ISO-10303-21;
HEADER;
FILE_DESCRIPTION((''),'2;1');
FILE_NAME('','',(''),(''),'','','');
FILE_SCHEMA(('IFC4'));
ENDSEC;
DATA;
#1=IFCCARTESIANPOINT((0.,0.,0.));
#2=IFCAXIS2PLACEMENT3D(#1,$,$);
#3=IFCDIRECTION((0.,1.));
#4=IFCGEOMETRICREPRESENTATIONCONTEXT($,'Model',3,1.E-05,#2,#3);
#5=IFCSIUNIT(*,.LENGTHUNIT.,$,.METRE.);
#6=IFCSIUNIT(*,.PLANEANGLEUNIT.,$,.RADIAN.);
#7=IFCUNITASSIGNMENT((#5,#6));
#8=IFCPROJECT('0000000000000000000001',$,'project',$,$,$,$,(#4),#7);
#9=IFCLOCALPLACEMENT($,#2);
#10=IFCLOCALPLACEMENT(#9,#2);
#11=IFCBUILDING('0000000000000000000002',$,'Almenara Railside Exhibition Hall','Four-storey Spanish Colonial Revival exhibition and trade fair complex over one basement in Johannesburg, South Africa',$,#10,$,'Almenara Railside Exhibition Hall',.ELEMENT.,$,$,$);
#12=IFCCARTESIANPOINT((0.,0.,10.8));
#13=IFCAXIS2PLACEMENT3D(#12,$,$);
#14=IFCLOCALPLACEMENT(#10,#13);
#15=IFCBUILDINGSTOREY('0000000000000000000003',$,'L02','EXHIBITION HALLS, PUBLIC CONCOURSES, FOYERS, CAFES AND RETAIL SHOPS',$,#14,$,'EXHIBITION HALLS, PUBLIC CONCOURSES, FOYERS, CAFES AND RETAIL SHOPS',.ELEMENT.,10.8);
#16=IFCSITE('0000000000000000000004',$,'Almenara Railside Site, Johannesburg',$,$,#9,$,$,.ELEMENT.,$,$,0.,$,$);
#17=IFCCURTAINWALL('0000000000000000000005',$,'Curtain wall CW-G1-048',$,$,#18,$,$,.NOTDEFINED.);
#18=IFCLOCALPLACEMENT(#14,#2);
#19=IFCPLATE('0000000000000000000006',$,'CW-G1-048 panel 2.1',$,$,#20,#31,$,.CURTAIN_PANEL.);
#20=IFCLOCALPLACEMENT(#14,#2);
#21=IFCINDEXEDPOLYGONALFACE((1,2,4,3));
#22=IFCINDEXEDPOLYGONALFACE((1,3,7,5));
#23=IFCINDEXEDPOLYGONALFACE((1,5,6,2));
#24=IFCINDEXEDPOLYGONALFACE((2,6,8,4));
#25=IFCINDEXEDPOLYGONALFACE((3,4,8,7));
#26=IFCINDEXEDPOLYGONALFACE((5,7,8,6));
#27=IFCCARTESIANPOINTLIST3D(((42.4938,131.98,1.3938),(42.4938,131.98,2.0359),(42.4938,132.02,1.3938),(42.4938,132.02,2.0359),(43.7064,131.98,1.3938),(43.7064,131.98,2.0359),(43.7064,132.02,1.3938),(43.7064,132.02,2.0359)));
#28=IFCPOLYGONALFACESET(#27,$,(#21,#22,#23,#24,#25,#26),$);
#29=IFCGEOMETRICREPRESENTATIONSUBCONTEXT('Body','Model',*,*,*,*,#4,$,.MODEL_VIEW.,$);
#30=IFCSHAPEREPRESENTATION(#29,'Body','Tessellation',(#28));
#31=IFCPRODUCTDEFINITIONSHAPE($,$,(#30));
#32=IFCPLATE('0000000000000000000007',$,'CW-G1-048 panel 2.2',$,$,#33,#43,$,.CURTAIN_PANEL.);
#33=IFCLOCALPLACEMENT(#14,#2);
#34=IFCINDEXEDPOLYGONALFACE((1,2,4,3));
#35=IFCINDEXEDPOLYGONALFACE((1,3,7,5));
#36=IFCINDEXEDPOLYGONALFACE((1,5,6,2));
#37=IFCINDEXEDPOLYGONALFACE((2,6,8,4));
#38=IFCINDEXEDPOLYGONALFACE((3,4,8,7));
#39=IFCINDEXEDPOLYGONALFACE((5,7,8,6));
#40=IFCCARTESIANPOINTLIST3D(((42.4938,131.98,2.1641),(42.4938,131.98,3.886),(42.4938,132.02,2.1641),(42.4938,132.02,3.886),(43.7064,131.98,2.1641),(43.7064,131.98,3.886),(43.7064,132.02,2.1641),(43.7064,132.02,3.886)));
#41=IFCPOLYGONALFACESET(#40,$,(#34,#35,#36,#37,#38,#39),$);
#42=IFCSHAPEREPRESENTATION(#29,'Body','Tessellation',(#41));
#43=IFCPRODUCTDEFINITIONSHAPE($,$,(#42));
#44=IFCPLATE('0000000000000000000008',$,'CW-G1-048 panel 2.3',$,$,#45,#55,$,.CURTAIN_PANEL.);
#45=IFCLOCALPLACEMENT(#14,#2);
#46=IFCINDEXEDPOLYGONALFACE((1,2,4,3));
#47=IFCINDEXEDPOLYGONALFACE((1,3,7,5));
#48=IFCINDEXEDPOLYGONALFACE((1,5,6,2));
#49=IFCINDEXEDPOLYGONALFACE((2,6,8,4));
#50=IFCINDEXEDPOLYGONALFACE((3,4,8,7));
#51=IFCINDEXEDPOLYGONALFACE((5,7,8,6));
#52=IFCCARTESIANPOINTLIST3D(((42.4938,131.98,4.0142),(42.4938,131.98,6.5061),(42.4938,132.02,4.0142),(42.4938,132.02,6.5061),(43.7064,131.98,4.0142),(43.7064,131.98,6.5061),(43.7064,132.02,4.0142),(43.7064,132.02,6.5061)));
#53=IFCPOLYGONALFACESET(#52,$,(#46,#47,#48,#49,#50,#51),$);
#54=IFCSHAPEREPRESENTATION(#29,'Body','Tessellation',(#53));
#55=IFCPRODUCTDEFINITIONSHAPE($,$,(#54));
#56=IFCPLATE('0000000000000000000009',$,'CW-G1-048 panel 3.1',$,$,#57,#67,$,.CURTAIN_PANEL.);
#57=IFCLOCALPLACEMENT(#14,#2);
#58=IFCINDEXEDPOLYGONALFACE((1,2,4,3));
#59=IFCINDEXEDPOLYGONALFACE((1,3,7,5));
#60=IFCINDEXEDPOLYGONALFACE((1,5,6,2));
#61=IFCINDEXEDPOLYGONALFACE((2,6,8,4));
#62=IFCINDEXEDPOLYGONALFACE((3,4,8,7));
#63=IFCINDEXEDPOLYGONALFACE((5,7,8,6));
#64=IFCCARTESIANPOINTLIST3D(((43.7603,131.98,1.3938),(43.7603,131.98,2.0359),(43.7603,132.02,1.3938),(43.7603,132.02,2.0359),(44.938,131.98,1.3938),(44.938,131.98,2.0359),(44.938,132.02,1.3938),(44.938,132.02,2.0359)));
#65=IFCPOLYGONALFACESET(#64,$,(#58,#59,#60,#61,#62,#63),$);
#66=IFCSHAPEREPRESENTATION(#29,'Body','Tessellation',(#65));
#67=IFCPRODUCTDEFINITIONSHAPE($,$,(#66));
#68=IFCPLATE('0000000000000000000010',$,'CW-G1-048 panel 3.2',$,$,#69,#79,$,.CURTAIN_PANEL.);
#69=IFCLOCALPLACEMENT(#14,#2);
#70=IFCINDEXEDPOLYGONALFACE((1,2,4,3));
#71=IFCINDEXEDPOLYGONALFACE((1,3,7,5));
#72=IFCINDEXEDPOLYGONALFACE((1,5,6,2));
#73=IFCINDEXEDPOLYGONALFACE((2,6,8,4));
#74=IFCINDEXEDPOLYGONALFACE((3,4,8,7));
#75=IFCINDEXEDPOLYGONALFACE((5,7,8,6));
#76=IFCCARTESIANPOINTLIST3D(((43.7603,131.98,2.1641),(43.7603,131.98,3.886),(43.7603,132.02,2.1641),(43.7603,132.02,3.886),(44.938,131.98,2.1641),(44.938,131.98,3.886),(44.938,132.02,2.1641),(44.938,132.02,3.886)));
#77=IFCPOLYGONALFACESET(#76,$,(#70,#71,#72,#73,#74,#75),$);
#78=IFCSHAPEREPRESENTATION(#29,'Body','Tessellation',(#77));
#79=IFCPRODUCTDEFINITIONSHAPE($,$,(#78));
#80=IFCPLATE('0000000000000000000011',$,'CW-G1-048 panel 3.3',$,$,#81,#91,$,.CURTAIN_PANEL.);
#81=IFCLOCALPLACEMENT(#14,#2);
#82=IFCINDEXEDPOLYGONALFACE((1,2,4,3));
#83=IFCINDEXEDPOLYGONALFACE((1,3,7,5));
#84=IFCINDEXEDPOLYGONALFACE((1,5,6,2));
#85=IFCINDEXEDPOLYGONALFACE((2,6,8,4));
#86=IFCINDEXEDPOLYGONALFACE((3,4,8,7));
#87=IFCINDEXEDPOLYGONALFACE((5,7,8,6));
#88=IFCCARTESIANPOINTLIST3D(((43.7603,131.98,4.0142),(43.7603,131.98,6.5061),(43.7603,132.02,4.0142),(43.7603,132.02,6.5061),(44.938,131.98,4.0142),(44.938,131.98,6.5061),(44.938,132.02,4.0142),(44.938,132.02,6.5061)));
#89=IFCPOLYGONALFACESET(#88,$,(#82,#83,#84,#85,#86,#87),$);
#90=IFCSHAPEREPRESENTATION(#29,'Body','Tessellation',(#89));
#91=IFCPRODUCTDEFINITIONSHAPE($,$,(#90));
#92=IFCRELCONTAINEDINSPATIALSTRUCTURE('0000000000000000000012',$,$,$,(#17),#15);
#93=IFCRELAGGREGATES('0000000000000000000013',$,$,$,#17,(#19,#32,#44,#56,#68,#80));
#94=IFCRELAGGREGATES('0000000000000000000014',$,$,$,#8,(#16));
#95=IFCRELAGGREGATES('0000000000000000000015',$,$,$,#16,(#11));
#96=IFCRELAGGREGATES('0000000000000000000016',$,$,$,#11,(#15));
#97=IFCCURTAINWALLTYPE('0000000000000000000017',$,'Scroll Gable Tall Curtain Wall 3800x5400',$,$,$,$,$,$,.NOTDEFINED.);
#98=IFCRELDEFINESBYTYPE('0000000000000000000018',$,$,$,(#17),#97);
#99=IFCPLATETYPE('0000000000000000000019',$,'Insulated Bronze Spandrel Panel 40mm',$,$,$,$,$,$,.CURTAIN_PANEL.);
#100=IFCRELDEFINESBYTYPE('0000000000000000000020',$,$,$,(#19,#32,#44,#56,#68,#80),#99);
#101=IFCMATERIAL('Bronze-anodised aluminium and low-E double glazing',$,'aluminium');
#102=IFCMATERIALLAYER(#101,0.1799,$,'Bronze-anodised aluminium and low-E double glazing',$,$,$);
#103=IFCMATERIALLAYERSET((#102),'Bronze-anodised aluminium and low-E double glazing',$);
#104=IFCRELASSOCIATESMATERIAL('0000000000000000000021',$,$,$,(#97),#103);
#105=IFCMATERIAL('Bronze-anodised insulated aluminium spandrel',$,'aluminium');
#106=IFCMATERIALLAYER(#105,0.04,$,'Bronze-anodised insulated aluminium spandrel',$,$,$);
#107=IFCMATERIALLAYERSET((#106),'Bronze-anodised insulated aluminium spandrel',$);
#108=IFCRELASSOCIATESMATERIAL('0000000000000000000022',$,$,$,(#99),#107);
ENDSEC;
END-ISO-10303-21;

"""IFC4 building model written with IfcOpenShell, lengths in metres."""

from ifc_helpers import new_model, si_unit, direction, frame, origin, origin_2d, place, context, subcontext, project, spatial, rectangle, extrude, material, layer, layer_set, type_object, element, aggregate, save


model = new_model("IFC4")

# Units and contexts
model_context = context("Model", 3, precision=1e-05, world=origin(), true_north=direction((0.0, 1.0)))
body_context = subcontext(model_context, "Body", "Model", "MODEL_VIEW")
ifc_project = project(units=[si_unit("LENGTHUNIT", "METRE"), si_unit("PLANEANGLEUNIT", "RADIAN")], contexts=[model_context])

# Site, building, storey
site_placement = place(None, origin())
site = spatial("IfcSite", under=ifc_project, at=site_placement, Name="Almenara Railside Site, Johannesburg", CompositionType="ELEMENT", RefElevation=0.0)
building_placement = place(site_placement, origin())
building = spatial("IfcBuilding", under=site, at=building_placement, Name="Almenara Railside Exhibition Hall", Description="Four-storey Spanish Colonial Revival exhibition and trade fair complex over one basement in Johannesburg, South Africa", LongName="Almenara Railside Exhibition Hall", CompositionType="ELEMENT")
storey_placement = place(building_placement, frame((0.0, 0.0, 10.8)))
storey = spatial("IfcBuildingStorey", under=building, at=storey_placement, Name="L02", Description="EXHIBITION HALLS, PUBLIC CONCOURSES, FOYERS, CAFES AND RETAIL SHOPS", LongName="EXHIBITION HALLS, PUBLIC CONCOURSES, FOYERS, CAFES AND RETAIL SHOPS", CompositionType="ELEMENT", Elevation=10.8)

# Curtain wall
ifc_material_1 = material(Name="Bronze-anodised aluminium and low-E double glazing", Category="aluminium")
ifc_layer_1 = layer(ifc_material_1, 0.1799, Name="Bronze-anodised aluminium and low-E double glazing")
ifc_layer_set_1 = layer_set([ifc_layer_1], Name="Bronze-anodised aluminium and low-E double glazing")
curtain_wall_type = type_object("IfcCurtainWallType", Name="Scroll Gable Tall Curtain Wall 3800x5400", PredefinedType="NOTDEFINED", material=ifc_layer_set_1)
curtain_wall_1_placement = place(storey_placement, origin())
curtain_wall_1 = element("IfcCurtainWall", 1, at=curtain_wall_1_placement, inside=storey, type_object=curtain_wall_type, Name="Curtain wall CW-G1-048", PredefinedType="NOTDEFINED")

# Plates
ifc_material_2 = material(Name="Bronze-anodised insulated aluminium spandrel", Category="aluminium")
ifc_layer_2 = layer(ifc_material_2, 0.04, Name="Bronze-anodised insulated aluminium spandrel")
ifc_layer_set_2 = layer_set([ifc_layer_2], Name="Bronze-anodised insulated aluminium spandrel")
plate_type_1 = type_object("IfcPlateType", Name="Insulated Bronze Spandrel Panel 40mm", PredefinedType="CURTAIN_PANEL", material=ifc_layer_set_2)
plate_1_placement = place(storey_placement, frame((43.1001, 132.0, 1.3938), z_axis=(0.0, 0.0, 1.0), x_axis=(1.0, 0.0, 0.0)))
plate_1 = element("IfcPlate", 2, at=plate_1_placement, type_object=plate_type_1, Name="CW-G1-048 panel 2.1", PredefinedType="CURTAIN_PANEL", context=body_context, shape_type="SweptSolid", body=[
    extrude(rectangle(XDim=1.2126, YDim=0.04, at=origin_2d()), origin(), (0.0, 0.0, 1.0), 0.6421),
])
plate_2_placement = place(storey_placement, frame((43.1001, 132.0, 2.1641), z_axis=(0.0, 0.0, 1.0), x_axis=(1.0, 0.0, 0.0)))
plate_2 = element("IfcPlate", 3, at=plate_2_placement, type_object=plate_type_1, Name="CW-G1-048 panel 2.2", PredefinedType="CURTAIN_PANEL", context=body_context, shape_type="SweptSolid", body=[
    extrude(rectangle(XDim=1.2126, YDim=0.04, at=origin_2d()), origin(), (0.0, 0.0, 1.0), 1.7219),
])
plate_3_placement = place(storey_placement, frame((43.1001, 132.0, 4.0142), z_axis=(0.0, 0.0, 1.0), x_axis=(1.0, 0.0, 0.0)))
plate_3 = element("IfcPlate", 4, at=plate_3_placement, type_object=plate_type_1, Name="CW-G1-048 panel 2.3", PredefinedType="CURTAIN_PANEL", context=body_context, shape_type="SweptSolid", body=[
    extrude(rectangle(XDim=1.2126, YDim=0.04, at=origin_2d()), origin(), (0.0, 0.0, 1.0), 2.4919),
])
plate_4_placement = place(storey_placement, frame((44.3491, 132.0, 1.3938), z_axis=(0.0, 0.0, 1.0), x_axis=(1.0, 0.0, 0.0)))
plate_4 = element("IfcPlate", 5, at=plate_4_placement, type_object=plate_type_1, Name="CW-G1-048 panel 3.1", PredefinedType="CURTAIN_PANEL", context=body_context, shape_type="SweptSolid", body=[
    extrude(rectangle(XDim=1.1777, YDim=0.04, at=origin_2d()), origin(), (0.0, 0.0, 1.0), 0.6421),
])
plate_5_placement = place(storey_placement, frame((44.3491, 132.0, 2.1641), z_axis=(0.0, 0.0, 1.0), x_axis=(1.0, 0.0, 0.0)))
plate_5 = element("IfcPlate", 6, at=plate_5_placement, type_object=plate_type_1, Name="CW-G1-048 panel 3.2", PredefinedType="CURTAIN_PANEL", context=body_context, shape_type="SweptSolid", body=[
    extrude(rectangle(XDim=1.1777, YDim=0.04, at=origin_2d()), origin(), (0.0, 0.0, 1.0), 1.7219),
])
plate_6_placement = place(storey_placement, frame((44.3491, 132.0, 4.0142), z_axis=(0.0, 0.0, 1.0), x_axis=(1.0, 0.0, 0.0)))
plate_6 = element("IfcPlate", 7, at=plate_6_placement, type_object=plate_type_1, Name="CW-G1-048 panel 3.3", PredefinedType="CURTAIN_PANEL", context=body_context, shape_type="SweptSolid", body=[
    extrude(rectangle(XDim=1.1777, YDim=0.04, at=origin_2d()), origin(), (0.0, 0.0, 1.0), 2.4919),
])
aggregate(curtain_wall_1, [plate_1, plate_2, plate_3, plate_4, plate_5, plate_6])

save(model, "model.ifc")
